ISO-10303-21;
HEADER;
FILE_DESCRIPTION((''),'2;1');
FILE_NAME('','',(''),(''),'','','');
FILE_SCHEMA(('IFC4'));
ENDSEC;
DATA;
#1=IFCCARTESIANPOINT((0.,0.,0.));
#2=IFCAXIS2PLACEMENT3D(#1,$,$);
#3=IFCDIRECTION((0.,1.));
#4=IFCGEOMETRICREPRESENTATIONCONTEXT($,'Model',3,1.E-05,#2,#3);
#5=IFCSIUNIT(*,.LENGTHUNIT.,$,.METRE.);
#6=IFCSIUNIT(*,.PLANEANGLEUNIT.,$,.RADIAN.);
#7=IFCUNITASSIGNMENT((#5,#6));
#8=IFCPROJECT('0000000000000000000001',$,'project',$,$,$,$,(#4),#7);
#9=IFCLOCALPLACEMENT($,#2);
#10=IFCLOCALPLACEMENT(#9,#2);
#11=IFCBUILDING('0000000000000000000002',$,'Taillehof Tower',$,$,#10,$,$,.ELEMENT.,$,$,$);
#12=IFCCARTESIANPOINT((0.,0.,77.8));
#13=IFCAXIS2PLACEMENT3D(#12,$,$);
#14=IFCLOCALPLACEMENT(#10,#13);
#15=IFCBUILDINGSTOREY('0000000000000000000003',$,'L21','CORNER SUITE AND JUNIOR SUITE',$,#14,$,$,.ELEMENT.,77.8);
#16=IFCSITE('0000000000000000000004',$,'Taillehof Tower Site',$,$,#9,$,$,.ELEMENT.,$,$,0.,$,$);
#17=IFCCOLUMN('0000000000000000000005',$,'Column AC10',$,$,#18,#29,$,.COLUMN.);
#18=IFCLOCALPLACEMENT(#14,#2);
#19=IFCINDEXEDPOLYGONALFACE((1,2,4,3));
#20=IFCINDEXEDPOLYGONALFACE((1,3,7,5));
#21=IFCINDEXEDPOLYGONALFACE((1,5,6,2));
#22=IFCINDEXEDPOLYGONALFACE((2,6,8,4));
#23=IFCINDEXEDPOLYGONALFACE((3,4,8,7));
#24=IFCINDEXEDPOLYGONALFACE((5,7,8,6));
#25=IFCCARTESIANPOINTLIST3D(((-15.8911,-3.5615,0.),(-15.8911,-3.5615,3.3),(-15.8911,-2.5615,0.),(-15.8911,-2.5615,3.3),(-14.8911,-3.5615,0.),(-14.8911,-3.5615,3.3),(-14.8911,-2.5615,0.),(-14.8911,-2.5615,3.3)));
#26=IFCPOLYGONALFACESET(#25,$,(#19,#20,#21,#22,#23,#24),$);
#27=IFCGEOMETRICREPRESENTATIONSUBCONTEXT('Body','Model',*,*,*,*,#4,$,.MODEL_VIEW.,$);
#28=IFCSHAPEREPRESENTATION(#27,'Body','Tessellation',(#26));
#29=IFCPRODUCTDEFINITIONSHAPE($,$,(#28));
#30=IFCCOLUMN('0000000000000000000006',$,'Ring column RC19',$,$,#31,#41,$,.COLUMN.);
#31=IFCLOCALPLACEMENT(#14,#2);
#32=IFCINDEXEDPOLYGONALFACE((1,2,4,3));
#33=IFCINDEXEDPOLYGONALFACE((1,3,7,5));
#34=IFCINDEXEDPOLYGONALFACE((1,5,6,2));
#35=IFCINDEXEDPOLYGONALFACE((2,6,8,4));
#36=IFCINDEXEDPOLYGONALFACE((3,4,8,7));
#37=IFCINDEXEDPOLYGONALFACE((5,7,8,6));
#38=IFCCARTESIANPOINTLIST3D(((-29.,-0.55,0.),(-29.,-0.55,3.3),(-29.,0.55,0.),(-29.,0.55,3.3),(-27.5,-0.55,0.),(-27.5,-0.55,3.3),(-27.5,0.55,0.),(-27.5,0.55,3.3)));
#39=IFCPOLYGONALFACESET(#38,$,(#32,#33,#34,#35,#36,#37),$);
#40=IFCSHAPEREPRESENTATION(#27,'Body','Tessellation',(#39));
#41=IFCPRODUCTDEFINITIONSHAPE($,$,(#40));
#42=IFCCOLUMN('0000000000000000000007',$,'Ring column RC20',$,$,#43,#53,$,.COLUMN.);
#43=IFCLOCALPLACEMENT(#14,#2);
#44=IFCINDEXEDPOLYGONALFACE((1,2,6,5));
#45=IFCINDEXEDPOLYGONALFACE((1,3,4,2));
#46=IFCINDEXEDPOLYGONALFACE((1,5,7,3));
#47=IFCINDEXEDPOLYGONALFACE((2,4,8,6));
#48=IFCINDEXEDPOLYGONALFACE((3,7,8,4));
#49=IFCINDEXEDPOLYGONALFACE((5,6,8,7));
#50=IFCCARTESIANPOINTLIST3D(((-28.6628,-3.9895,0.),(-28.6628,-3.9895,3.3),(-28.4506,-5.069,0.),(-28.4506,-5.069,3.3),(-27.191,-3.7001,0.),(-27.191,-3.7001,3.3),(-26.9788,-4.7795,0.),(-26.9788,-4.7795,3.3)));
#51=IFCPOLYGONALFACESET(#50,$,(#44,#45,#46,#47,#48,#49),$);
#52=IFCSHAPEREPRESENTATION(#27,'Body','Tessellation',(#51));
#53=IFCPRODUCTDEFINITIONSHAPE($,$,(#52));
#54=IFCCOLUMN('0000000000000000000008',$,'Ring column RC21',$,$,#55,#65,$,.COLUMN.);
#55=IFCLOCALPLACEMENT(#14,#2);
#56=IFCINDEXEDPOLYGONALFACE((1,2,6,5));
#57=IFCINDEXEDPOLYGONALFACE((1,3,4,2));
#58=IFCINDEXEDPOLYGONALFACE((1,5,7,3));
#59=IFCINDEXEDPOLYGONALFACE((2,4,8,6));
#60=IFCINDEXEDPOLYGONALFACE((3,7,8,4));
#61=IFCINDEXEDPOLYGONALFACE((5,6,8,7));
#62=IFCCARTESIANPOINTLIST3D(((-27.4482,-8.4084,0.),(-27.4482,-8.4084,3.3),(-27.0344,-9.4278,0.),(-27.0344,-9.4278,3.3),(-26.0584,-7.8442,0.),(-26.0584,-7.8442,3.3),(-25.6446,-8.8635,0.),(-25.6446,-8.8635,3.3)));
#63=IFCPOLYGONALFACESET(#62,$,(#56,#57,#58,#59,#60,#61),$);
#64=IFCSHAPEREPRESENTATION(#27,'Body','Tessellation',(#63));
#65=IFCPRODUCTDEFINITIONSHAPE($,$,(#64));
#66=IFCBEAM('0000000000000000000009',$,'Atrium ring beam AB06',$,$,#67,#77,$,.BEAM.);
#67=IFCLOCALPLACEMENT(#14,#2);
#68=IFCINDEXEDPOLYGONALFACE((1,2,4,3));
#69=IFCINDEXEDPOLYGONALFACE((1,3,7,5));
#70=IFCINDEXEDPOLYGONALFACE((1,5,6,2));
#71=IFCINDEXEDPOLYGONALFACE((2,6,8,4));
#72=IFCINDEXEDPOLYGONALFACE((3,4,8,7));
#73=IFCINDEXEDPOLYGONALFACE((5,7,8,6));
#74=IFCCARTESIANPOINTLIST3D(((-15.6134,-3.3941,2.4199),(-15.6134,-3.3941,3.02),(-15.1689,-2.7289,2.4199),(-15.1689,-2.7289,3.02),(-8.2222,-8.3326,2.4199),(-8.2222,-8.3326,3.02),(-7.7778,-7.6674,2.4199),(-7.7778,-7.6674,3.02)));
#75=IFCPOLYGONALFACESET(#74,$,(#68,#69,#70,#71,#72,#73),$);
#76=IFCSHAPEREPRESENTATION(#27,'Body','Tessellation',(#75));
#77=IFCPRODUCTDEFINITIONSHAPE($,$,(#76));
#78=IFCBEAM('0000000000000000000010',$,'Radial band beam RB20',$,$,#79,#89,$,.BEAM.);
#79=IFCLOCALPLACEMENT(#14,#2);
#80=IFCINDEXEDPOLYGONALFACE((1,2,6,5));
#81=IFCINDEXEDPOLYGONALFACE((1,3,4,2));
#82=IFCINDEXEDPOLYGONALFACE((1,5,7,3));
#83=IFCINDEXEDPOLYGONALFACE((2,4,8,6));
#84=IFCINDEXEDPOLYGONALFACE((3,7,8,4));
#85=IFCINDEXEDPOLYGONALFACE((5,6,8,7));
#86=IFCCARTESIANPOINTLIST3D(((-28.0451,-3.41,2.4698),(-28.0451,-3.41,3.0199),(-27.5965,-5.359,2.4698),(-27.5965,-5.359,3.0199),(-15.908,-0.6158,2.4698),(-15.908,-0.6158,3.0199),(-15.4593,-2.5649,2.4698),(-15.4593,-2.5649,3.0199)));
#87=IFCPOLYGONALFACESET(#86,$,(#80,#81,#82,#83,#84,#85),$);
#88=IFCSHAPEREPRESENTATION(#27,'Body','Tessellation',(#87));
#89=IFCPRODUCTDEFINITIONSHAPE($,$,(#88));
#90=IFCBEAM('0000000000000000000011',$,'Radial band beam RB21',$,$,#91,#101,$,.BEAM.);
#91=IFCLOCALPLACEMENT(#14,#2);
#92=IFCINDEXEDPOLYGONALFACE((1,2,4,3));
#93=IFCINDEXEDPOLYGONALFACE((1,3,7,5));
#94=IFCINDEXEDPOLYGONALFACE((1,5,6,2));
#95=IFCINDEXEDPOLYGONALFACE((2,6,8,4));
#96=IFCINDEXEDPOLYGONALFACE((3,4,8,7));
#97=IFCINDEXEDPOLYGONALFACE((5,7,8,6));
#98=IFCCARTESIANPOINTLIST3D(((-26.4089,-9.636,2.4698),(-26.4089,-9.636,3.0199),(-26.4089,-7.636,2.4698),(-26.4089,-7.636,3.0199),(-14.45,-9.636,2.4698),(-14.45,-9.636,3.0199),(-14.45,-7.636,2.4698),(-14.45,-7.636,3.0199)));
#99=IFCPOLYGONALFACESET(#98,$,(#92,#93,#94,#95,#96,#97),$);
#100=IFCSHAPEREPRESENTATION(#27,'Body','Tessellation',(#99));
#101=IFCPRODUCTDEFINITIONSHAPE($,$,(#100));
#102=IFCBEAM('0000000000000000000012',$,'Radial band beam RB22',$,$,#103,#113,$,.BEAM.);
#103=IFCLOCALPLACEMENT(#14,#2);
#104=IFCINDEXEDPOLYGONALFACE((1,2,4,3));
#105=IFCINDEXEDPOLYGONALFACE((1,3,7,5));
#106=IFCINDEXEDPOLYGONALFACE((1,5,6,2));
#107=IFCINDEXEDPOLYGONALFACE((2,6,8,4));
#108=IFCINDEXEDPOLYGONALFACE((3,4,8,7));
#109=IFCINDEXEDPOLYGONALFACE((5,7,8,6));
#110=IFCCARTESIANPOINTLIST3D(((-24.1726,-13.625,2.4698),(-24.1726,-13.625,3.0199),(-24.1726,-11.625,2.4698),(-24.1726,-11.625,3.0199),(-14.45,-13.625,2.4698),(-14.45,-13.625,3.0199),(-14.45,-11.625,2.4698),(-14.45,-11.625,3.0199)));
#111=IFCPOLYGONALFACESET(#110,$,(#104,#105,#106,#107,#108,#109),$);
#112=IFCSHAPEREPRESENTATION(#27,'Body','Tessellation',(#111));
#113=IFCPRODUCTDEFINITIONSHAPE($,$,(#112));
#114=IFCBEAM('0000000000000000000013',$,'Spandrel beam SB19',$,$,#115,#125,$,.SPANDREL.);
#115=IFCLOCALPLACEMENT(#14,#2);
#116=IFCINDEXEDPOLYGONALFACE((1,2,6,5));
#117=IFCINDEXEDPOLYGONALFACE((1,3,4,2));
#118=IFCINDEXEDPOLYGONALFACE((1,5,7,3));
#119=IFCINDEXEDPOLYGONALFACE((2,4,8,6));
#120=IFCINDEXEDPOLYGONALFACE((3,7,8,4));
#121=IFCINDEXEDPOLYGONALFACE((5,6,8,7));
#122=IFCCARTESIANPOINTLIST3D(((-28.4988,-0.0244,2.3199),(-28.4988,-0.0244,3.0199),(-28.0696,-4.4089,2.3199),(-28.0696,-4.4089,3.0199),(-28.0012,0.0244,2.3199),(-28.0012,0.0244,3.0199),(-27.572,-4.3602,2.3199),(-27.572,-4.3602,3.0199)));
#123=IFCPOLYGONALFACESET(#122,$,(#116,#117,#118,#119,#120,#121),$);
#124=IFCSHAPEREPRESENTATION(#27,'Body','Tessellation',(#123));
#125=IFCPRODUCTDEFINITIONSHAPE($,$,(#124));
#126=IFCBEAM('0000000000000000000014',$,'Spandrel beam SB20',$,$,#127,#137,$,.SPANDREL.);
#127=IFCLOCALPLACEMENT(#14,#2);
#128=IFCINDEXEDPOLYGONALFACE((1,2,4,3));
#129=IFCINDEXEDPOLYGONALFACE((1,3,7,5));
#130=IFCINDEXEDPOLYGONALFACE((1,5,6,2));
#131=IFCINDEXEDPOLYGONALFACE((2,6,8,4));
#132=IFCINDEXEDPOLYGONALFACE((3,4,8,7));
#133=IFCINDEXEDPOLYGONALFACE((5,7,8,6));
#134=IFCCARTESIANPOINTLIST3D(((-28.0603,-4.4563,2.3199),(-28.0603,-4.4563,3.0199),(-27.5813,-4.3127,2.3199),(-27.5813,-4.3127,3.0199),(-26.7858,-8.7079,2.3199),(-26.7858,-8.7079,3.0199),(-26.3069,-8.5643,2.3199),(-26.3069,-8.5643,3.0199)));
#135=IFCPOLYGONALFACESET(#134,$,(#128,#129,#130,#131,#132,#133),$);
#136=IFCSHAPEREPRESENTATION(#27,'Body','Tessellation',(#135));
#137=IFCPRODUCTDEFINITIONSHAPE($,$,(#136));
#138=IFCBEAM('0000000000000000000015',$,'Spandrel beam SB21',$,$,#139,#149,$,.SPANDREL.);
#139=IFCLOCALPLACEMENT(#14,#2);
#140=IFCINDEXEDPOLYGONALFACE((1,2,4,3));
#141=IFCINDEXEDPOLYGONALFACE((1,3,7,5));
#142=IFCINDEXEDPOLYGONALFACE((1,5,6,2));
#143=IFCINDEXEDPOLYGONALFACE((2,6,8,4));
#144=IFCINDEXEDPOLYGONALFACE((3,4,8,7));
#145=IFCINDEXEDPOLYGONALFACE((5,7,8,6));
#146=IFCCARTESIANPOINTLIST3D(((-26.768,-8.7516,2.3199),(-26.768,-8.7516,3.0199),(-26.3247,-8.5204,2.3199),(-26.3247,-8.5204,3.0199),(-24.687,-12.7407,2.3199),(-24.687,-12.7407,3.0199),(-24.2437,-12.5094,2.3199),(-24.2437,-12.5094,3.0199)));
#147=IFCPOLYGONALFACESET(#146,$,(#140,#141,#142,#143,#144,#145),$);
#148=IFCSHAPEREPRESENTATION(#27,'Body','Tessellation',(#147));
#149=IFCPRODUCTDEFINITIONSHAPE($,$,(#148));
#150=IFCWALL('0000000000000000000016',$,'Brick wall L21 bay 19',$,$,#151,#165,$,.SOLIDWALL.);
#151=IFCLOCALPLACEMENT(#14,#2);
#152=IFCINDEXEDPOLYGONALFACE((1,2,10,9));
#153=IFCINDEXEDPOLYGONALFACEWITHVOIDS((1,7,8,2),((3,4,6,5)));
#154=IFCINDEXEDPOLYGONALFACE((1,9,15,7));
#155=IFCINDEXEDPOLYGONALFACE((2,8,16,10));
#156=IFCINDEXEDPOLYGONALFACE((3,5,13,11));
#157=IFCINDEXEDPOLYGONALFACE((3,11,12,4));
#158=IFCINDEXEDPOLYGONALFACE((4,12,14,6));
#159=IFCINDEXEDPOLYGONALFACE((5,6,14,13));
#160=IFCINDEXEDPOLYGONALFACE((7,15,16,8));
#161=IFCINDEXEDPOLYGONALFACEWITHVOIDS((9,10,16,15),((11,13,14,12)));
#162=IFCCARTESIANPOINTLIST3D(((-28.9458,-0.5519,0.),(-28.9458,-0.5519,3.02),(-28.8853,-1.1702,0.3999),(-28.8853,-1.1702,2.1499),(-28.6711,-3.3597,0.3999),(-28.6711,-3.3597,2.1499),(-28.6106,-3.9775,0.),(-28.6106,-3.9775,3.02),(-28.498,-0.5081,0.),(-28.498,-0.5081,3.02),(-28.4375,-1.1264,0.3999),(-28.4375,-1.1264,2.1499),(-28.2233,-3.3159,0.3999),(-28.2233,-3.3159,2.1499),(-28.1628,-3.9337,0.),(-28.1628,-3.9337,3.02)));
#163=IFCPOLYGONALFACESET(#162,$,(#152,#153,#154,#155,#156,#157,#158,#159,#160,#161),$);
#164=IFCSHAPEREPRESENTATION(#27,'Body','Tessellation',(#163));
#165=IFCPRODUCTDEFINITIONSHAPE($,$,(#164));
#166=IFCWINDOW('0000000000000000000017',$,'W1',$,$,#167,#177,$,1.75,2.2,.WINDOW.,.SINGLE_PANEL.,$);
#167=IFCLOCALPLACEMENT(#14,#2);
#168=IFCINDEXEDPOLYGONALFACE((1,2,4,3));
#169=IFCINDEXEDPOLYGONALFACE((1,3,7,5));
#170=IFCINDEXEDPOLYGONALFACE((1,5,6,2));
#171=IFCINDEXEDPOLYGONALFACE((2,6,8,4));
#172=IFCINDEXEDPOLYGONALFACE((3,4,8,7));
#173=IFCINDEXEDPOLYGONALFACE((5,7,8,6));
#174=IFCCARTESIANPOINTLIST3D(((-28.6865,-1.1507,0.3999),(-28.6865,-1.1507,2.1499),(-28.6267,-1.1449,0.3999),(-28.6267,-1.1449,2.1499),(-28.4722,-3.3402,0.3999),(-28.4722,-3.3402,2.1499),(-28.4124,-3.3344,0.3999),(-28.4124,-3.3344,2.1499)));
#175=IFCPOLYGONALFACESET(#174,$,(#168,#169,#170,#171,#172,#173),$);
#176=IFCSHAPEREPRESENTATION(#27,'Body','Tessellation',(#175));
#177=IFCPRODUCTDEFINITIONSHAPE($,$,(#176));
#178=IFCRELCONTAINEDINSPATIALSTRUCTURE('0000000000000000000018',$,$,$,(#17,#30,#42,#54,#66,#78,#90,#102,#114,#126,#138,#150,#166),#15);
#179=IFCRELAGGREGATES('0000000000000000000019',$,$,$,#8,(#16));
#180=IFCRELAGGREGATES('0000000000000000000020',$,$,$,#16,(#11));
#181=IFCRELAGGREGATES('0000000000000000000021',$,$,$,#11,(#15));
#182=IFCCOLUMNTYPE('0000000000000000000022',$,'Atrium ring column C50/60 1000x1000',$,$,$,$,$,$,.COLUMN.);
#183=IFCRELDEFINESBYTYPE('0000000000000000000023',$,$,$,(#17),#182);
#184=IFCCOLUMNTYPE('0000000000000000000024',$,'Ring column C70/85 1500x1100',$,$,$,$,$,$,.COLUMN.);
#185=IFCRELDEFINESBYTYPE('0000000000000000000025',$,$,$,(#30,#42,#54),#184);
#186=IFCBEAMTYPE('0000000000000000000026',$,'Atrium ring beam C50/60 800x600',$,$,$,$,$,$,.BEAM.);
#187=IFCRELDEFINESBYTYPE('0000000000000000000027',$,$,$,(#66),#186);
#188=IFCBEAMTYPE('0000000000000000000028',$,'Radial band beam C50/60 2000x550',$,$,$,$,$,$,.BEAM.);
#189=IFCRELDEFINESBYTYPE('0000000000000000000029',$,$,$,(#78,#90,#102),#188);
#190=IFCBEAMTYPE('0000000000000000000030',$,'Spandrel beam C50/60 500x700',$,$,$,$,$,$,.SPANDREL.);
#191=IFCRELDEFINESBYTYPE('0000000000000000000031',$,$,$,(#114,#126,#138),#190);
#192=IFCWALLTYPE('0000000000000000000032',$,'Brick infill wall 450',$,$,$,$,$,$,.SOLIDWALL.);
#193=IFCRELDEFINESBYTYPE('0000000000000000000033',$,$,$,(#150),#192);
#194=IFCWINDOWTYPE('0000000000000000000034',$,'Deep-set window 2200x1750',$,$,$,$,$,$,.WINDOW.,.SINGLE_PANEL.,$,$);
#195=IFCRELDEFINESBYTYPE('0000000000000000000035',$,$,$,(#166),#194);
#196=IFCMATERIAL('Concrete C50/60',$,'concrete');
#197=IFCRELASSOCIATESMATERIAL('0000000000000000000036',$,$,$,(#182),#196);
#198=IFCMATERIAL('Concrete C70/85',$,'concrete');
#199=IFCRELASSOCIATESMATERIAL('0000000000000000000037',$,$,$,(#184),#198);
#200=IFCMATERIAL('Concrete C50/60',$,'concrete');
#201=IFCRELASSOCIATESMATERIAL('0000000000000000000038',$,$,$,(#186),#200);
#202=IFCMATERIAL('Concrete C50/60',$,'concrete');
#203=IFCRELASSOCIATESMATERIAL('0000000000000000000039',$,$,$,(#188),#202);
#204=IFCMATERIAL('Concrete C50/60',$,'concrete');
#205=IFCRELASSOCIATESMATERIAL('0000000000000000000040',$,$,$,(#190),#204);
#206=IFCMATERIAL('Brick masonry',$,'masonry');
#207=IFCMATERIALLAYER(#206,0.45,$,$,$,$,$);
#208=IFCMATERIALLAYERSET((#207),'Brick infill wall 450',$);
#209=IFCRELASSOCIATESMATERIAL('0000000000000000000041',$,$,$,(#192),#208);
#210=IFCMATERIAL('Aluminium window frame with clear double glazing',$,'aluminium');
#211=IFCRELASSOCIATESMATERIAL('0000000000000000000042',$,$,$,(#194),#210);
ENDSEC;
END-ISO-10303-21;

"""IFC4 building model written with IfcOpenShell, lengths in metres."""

from ifc_helpers import new_model, si_unit, direction, frame, frame_2d, origin, origin_2d, place, context, subcontext, project, spatial, rectangle, extrude, material, layer, layer_set, material_profile, profile_set, type_object, element, fill, save


model = new_model("IFC4")

# Units and contexts
model_context = context("Model", 3, precision=1e-05, world=origin(), true_north=direction((0.0, 1.0)))
body_context = subcontext(model_context, "Body", "Model", "MODEL_VIEW")
ifc_project = project(units=[si_unit("LENGTHUNIT", "METRE"), si_unit("PLANEANGLEUNIT", "RADIAN")], contexts=[model_context])

# Site, building, storey
site_placement = place(None, origin())
site = spatial("IfcSite", under=ifc_project, at=site_placement, Name="Taillehof Tower Site", CompositionType="ELEMENT", RefElevation=0.0)
building_placement = place(site_placement, origin())
building = spatial("IfcBuilding", under=site, at=building_placement, Name="Taillehof Tower", CompositionType="ELEMENT")
storey_placement = place(building_placement, frame((0.0, 0.0, 77.8)))
storey = spatial("IfcBuildingStorey", under=building, at=storey_placement, Name="L21", Description="CORNER SUITE AND JUNIOR SUITE", CompositionType="ELEMENT", Elevation=77.8)

# Columns
ifc_material_1 = material(Name="Concrete C50/60", Category="concrete")
ifc_material_profile_1 = material_profile(ifc_material_1, rectangle(XDim=1.0, YDim=1.0, at=origin_2d()), Name="RC 1000x1000")
ifc_profile_set_1 = profile_set([ifc_material_profile_1], Name="Concrete C50/60")
column_type_1 = type_object("IfcColumnType", Name="Atrium ring column C50/60 1000x1000", PredefinedType="COLUMN", material=ifc_profile_set_1)
column_placement = place(storey_placement, frame((-15.3911, -3.0615, 0.0), z_axis=(0.0, 0.0, 1.0), x_axis=(1.0, 0.0, 0.0)))
element("IfcColumn", 1, at=column_placement, inside=storey, type_object=column_type_1, Name="Column AC10", PredefinedType="COLUMN", context=body_context, shape_type="SweptSolid", body=[
    extrude(rectangle(XDim=1.0, YDim=1.0, at=origin_2d()), origin(), (0.0, 0.0, 1.0), 3.3),
])
ifc_material_2 = material(Name="Concrete C70/85", Category="concrete")
ifc_material_profile_2 = material_profile(ifc_material_2, rectangle(XDim=1.5, YDim=1.1001, at=origin_2d()), Name="RC 1500x1100")
ifc_profile_set_2 = profile_set([ifc_material_profile_2], Name="Concrete C70/85")
column_type_2 = type_object("IfcColumnType", Name="Ring column C70/85 1500x1100", PredefinedType="COLUMN", material=ifc_profile_set_2)
for number, where, z_axis, x_axis, name in (
    (2, (-28.25, 0.0, 0.0), (0.0, 0.0, 1.0), (-1.0, 0.0, 0.0), "Ring column RC19"),
    (3, (-27.8208, -4.3845, 0.0), (0.0, 0.0, 1.0), (-0.981204, -0.192976, 0.0), "Ring column RC20"),
    (4, (-26.5464, -8.636, 0.0), (0.0, 0.0, 1.0), (-0.926558, -0.376152, 0.0), "Ring column RC21"),
):
    element("IfcColumn", number, at=place(storey_placement, frame(where, z_axis=z_axis, x_axis=x_axis)), inside=storey, type_object=column_type_2, Name=name, PredefinedType="COLUMN", context=body_context, shape_type="SweptSolid", body=[
        extrude(rectangle(XDim=1.5, YDim=1.1001, at=origin_2d()), origin(), (0.0, 0.0, 1.0), 3.3),
    ])

# Beams
ifc_material_3 = material(Name="Concrete C50/60", Category="concrete")
ifc_material_profile_3 = material_profile(ifc_material_3, rectangle(XDim=0.8, YDim=0.6001, at=origin_2d()), Name="RC 800x600")
ifc_profile_set_3 = profile_set([ifc_material_profile_3], Name="Concrete C50/60")
beam_type_1 = type_object("IfcBeamType", Name="Atrium ring beam C50/60 800x600", PredefinedType="BEAM", material=ifc_profile_set_3)
beam_1_placement = place(storey_placement, frame((-15.3911, -3.0615, 2.72), z_axis=(0.831475, -0.555562, 0.0), x_axis=(0.555562, 0.831475, 0.0)))
element("IfcBeam", 5, at=beam_1_placement, inside=storey, type_object=beam_type_1, Name="Atrium ring beam AB06", PredefinedType="BEAM", context=body_context, shape_type="SweptSolid", body=[
    extrude(rectangle(XDim=0.8, YDim=0.6001, at=origin_2d()), origin(), (0.0, 0.0, 1.0), 8.8892),
])
ifc_material_4 = material(Name="Concrete C50/60", Category="concrete")
ifc_material_profile_4 = material_profile(ifc_material_4, rectangle(XDim=2.0, YDim=0.55, at=origin_2d()), Name="RC 2000x550")
ifc_profile_set_4 = profile_set([ifc_material_profile_4], Name="Concrete C50/60")
beam_type_2 = type_object("IfcBeamType", Name="Radial band beam C50/60 2000x550", PredefinedType="BEAM", material=ifc_profile_set_4)
beam_2_placement = place(storey_placement, frame((-27.8208, -4.3845, 2.7449), z_axis=(0.974509, 0.224348, 0.0), x_axis=(-0.224348, 0.974509, 0.0)))
element("IfcBeam", 6, at=beam_2_placement, inside=storey, type_object=beam_type_2, Name="Radial band beam RB20", PredefinedType="BEAM", context=body_context, shape_type="SweptSolid", body=[
    extrude(rectangle(XDim=2.0, YDim=0.55, at=origin_2d()), origin(), (0.0, 0.0, 1.0), 12.4546),
])
beam_3_placement = place(storey_placement, frame((-26.4089, -8.636, 2.7449), z_axis=(1.0, 0.0, 0.0), x_axis=(0.0, 1.0, 0.0)))
element("IfcBeam", 7, at=beam_3_placement, inside=storey, type_object=beam_type_2, Name="Radial band beam RB21", PredefinedType="BEAM", context=body_context, shape_type="SweptSolid", body=[
    extrude(rectangle(XDim=2.0, YDim=0.55, at=origin_2d()), origin(), (0.0, 0.0, 1.0), 11.959),
])
beam_4_placement = place(storey_placement, frame((-24.1726, -12.625, 2.7449), z_axis=(1.0, 0.0, 0.0), x_axis=(0.0, 1.0, 0.0)))
element("IfcBeam", 8, at=beam_4_placement, inside=storey, type_object=beam_type_2, Name="Radial band beam RB22", PredefinedType="BEAM", context=body_context, shape_type="SweptSolid", body=[
    extrude(rectangle(XDim=2.0, YDim=0.55, at=origin_2d()), origin(), (0.0, 0.0, 1.0), 9.7227),
])
ifc_material_5 = material(Name="Concrete C50/60", Category="concrete")
ifc_material_profile_5 = material_profile(ifc_material_5, rectangle(XDim=0.5, YDim=0.7, at=origin_2d()), Name="RC 500x700")
ifc_profile_set_5 = profile_set([ifc_material_profile_5], Name="Concrete C50/60")
beam_type_3 = type_object("IfcBeamType", Name="Spandrel beam C50/60 500x700", PredefinedType="SPANDREL", material=ifc_profile_set_5)
beam_5_placement = place(storey_placement, frame((-28.25, 0.0, 2.6699), z_axis=(0.097424, -0.995243, 0.0), x_axis=(0.995243, 0.097424, 0.0)))
element("IfcBeam", 9, at=beam_5_placement, inside=storey, type_object=beam_type_3, Name="Spandrel beam SB19", PredefinedType="SPANDREL", context=body_context, shape_type="SweptSolid", body=[
    extrude(rectangle(XDim=0.5, YDim=0.7, at=origin_2d()), origin(), (0.0, 0.0, 1.0), 4.4055),
])
beam_6_placement = place(storey_placement, frame((-27.8208, -4.3845, 2.6699), z_axis=(0.287136, -0.95789, 0.0), x_axis=(0.95789, 0.287136, 0.0)))
element("IfcBeam", 10, at=beam_6_placement, inside=storey, type_object=beam_type_3, Name="Spandrel beam SB20", PredefinedType="SPANDREL", context=body_context, shape_type="SweptSolid", body=[
    extrude(rectangle(XDim=0.5, YDim=0.7, at=origin_2d()), origin(), (0.0, 0.0, 1.0), 4.4385),
])
beam_7_placement = place(storey_placement, frame((-26.5464, -8.636, 2.6699), z_axis=(0.462536, -0.8866, 0.0), x_axis=(0.8866, 0.462536, 0.0)))
element("IfcBeam", 11, at=beam_7_placement, inside=storey, type_object=beam_type_3, Name="Spandrel beam SB21", PredefinedType="SPANDREL", context=body_context, shape_type="SweptSolid", body=[
    extrude(rectangle(XDim=0.5, YDim=0.7, at=origin_2d()), origin(), (0.0, 0.0, 1.0), 4.4993),
])

# Wall, opening, window
ifc_material_6 = material(Name="Brick masonry", Category="masonry")
ifc_layer_1 = layer(ifc_material_6, 0.45)
ifc_layer_set_1 = layer_set([ifc_layer_1], Name="Brick infill wall 450")
wall_type_1 = type_object("IfcWallType", Name="Brick infill wall 450", PredefinedType="SOLIDWALL", material=ifc_layer_set_1)
wall_1_placement = place(storey_placement, frame((-28.7219, -0.53, 0.0), z_axis=(0.0, 0.0, 1.0), x_axis=(0.09739, -0.995246, 0.0)))
wall_1 = element("IfcWall", 12, at=wall_1_placement, inside=storey, type_object=wall_type_1, Name="Brick wall L21 bay 19", PredefinedType="SOLIDWALL", context=body_context, shape_type="SweptSolid", body=[
    extrude(rectangle(XDim=3.4419, YDim=0.45, at=frame_2d((1.7209, 0.0))), origin(), (0.0, 0.0, 1.0), 3.02),
])
opening_1_placement = place(wall_1_placement, frame((0.6211, 0.0, 0.3999)))
opening_1 = element("IfcOpeningElement", 13, at=opening_1_placement, cuts=wall_1, PredefinedType="OPENING", context=body_context, shape_type="SweptSolid", body=[
    extrude(rectangle(XDim=2.2, YDim=1.75, at=frame_2d((1.1001, 0.875))), frame((0.0, 0.2349, 0.0), z_axis=(0.0, -1.0, 0.0), x_axis=(1.0, 0.0, 0.0)), (0.0, 0.0, 1.0), 0.47),
])
ifc_material_7 = material(Name="Aluminium window frame with clear double glazing", Category="aluminium")
window_type = type_object("IfcWindowType", Name="Deep-set window 2200x1750", PartitioningType="SINGLE_PANEL", PredefinedType="WINDOW", material=ifc_material_7)
window_1_placement = place(opening_1_placement, origin())
window_1 = element("IfcWindow", 14, at=window_1_placement, inside=storey, type_object=window_type, Name="W1", OverallHeight=1.75, OverallWidth=2.2, PartitioningType="SINGLE_PANEL", PredefinedType="WINDOW", context=body_context, shape_type="SweptSolid", body=[
    extrude(rectangle(XDim=2.2, YDim=1.75, at=frame_2d((1.1001, 0.875))), frame((0.0, 0.0349, 0.0), z_axis=(0.0, -1.0, 0.0), x_axis=(1.0, 0.0, 0.0)), (0.0, 0.0, 1.0), 0.0601),
])
fill(opening_1, window_1)

save(model, "model.ifc")
